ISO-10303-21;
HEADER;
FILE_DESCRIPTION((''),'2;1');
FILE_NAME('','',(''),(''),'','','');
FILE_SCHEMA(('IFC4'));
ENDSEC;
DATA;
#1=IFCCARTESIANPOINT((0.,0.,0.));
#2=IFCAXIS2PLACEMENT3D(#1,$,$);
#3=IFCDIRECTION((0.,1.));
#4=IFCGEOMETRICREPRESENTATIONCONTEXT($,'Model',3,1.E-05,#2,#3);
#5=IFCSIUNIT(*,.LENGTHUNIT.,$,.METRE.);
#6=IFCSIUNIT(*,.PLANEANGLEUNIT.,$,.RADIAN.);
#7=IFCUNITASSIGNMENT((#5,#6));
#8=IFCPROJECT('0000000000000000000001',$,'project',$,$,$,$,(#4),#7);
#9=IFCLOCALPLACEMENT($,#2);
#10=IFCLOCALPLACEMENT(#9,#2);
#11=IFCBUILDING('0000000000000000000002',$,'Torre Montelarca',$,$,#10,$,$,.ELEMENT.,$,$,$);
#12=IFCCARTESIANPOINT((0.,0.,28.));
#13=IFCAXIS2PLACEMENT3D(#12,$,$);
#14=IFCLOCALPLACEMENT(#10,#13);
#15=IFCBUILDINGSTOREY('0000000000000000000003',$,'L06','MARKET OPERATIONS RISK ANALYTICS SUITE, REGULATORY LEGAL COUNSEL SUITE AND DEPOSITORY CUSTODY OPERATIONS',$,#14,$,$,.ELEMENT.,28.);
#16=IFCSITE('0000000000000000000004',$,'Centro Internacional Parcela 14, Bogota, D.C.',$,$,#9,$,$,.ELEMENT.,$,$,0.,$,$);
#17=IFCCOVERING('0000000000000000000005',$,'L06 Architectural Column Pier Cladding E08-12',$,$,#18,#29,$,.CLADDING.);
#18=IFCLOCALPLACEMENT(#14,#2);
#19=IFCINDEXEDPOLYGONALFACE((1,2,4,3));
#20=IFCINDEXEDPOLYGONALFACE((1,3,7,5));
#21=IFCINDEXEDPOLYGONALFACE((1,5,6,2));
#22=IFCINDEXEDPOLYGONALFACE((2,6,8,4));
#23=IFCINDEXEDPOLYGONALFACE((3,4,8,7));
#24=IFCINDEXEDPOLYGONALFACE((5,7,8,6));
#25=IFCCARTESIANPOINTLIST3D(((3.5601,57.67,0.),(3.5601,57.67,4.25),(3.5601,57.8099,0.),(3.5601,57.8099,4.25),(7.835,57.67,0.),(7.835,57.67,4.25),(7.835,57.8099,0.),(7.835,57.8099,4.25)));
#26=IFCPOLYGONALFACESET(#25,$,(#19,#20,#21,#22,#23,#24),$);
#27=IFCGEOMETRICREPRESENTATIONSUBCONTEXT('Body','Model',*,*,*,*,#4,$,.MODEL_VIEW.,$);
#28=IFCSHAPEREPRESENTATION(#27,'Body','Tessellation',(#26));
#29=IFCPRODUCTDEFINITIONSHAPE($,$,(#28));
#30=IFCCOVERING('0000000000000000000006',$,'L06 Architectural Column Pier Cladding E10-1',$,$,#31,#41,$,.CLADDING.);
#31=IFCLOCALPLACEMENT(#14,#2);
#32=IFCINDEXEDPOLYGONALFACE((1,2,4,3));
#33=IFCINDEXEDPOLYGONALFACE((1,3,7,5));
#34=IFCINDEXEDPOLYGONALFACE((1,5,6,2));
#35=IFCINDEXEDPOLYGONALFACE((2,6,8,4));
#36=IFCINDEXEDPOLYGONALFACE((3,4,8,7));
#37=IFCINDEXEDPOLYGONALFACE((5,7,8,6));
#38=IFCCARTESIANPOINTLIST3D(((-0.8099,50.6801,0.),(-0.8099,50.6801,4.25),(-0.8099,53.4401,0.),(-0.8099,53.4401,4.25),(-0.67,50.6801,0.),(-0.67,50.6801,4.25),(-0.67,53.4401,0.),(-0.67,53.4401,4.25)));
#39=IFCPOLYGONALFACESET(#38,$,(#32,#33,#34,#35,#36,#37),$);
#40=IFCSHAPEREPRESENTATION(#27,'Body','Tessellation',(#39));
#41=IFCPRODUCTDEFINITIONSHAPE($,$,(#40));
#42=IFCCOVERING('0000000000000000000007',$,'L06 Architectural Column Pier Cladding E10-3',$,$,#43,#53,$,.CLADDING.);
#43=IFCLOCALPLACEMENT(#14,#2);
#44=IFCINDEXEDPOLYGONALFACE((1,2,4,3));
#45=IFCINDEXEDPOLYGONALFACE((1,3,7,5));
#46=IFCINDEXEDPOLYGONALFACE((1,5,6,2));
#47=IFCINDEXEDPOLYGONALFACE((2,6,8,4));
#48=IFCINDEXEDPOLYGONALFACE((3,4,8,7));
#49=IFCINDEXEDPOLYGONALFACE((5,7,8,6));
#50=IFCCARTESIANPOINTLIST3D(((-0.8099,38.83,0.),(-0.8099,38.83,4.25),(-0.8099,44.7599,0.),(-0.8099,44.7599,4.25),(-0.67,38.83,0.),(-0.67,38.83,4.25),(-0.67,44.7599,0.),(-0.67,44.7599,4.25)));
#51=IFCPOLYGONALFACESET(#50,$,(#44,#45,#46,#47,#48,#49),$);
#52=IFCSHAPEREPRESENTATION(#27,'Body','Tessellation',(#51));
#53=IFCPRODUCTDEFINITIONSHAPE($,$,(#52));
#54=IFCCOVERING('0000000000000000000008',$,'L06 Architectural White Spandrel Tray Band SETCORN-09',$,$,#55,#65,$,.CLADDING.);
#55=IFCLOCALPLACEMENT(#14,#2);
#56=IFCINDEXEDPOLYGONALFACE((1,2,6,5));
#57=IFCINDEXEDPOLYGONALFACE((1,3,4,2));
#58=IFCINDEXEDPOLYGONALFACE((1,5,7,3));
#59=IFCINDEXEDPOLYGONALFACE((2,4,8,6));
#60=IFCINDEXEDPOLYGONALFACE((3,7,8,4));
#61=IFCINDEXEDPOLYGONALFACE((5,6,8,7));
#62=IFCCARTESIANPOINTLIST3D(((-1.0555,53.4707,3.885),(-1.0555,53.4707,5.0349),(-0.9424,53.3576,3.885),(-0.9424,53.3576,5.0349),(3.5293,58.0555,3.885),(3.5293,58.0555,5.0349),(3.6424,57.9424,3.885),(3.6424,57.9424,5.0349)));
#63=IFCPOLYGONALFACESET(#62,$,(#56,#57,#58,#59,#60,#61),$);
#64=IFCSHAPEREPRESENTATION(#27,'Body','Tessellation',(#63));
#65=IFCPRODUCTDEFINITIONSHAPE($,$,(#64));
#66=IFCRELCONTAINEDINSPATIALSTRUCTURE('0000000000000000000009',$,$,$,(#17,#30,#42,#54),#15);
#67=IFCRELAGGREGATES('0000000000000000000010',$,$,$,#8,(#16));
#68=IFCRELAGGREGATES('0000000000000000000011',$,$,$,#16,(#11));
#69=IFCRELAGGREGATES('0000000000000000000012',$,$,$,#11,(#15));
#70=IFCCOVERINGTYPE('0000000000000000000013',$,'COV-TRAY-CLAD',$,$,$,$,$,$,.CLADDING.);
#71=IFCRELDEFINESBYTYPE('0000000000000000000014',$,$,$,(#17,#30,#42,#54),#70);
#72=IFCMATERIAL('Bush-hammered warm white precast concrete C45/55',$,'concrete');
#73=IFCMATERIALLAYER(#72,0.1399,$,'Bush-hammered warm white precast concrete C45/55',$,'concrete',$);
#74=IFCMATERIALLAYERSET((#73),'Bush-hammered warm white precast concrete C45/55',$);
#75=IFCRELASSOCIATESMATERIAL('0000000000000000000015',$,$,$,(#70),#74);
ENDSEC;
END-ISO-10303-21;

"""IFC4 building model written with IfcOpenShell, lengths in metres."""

from ifc_helpers import new_model, si_unit, direction, frame, origin, origin_2d, place, context, subcontext, project, spatial, rectangle, extrude, source, transform, mapped, material, layer, layer_set, type_object, element, save


model = new_model("IFC4")

# Units and contexts
model_context = context("Model", 3, precision=1e-05, world=origin(), true_north=direction((0.0, 1.0)))
body_context = subcontext(model_context, "Body", "Model", "MODEL_VIEW")
ifc_project = project(units=[si_unit("LENGTHUNIT", "METRE"), si_unit("PLANEANGLEUNIT", "RADIAN")], contexts=[model_context])

# Site, building, storey
site_placement = place(None, origin())
site = spatial("IfcSite", under=ifc_project, at=site_placement, Name="Centro Internacional Parcela 14, Bogota, D.C.", CompositionType="ELEMENT", RefElevation=0.0)
building_placement = place(site_placement, origin())
building = spatial("IfcBuilding", under=site, at=building_placement, Name="Torre Montelarca", CompositionType="ELEMENT")
storey_placement = place(building_placement, frame((0.0, 0.0, 28.0)))
storey = spatial("IfcBuildingStorey", under=building, at=storey_placement, Name="L06", Description="MARKET OPERATIONS RISK ANALYTICS SUITE, REGULATORY LEGAL COUNSEL SUITE AND DEPOSITORY CUSTODY OPERATIONS", CompositionType="ELEMENT", Elevation=28.0)

# Coverings
ifc_material_1 = material(Name="Bush-hammered warm white precast concrete C45/55", Category="concrete")
ifc_layer_1 = layer(ifc_material_1, 0.1399, Name="Bush-hammered warm white precast concrete C45/55", Category="concrete")
ifc_layer_set_1 = layer_set([ifc_layer_1], Name="Bush-hammered warm white precast concrete C45/55")
covering_type = type_object("IfcCoveringType", Name="COV-TRAY-CLAD", PredefinedType="CLADDING", material=ifc_layer_set_1)
shared_shape_1 = source(origin(), body_context, "Body", "SweptSolid", [
    extrude(rectangle(XDim=4.2749, YDim=0.1399, at=origin_2d()), origin(), (0.0, 0.0, 1.0), 4.25),
])
covering_1_placement = place(storey_placement, frame((5.6975, 57.74, 0.0), z_axis=(0.0, 0.0, 1.0), x_axis=(-1.0, 0.0, 0.0)))
element("IfcCovering", 1, at=covering_1_placement, inside=storey, type_object=covering_type, Name="L06 Architectural Column Pier Cladding E08-12", PredefinedType="CLADDING", context=body_context, shape_type="MappedRepresentation", body=[
    mapped(shared_shape_1, transform((0.0, 0.0, 0.0), scale=1.0)),
])
shared_shape_2 = source(origin(), body_context, "Body", "SweptSolid", [
    extrude(rectangle(XDim=2.76, YDim=0.1399, at=origin_2d()), origin(), (0.0, 0.0, 1.0), 4.25),
])
covering_2_placement = place(storey_placement, frame((-0.74, 52.0601, 0.0), z_axis=(0.0, 0.0, 1.0), x_axis=(0.0, -1.0, 0.0)))
element("IfcCovering", 2, at=covering_2_placement, inside=storey, type_object=covering_type, Name="L06 Architectural Column Pier Cladding E10-1", PredefinedType="CLADDING", context=body_context, shape_type="MappedRepresentation", body=[
    mapped(shared_shape_2, transform((0.0, 0.0, 0.0), scale=1.0)),
])
shared_shape_3 = source(origin(), body_context, "Body", "SweptSolid", [
    extrude(rectangle(XDim=5.9299, YDim=0.1399, at=origin_2d()), origin(), (0.0, 0.0, 1.0), 4.25),
])
covering_3_placement = place(storey_placement, frame((-0.74, 41.7949, 0.0), z_axis=(0.0, 0.0, 1.0), x_axis=(0.0, -1.0, 0.0)))
element("IfcCovering", 3, at=covering_3_placement, inside=storey, type_object=covering_type, Name="L06 Architectural Column Pier Cladding E10-3", PredefinedType="CLADDING", context=body_context, shape_type="MappedRepresentation", body=[
    mapped(shared_shape_3, transform((0.0, 0.0, 0.0), scale=1.0)),
])
shared_shape_4 = source(origin(), body_context, "Body", "SweptSolid", [
    extrude(rectangle(XDim=6.4839, YDim=0.1599, at=origin_2d()), origin(), (0.0, 0.0, 1.0), 1.1499),
])
covering_4_placement = place(storey_placement, frame((1.2935, 55.7065, 3.885), z_axis=(0.0, 0.0, 1.0), x_axis=(-0.707107, -0.707107, 0.0)))
element("IfcCovering", 4, at=covering_4_placement, inside=storey, type_object=covering_type, Name="L06 Architectural White Spandrel Tray Band SETCORN-09", PredefinedType="CLADDING", context=body_context, shape_type="MappedRepresentation", body=[
    mapped(shared_shape_4, transform((0.0, 0.0, 0.0), scale=1.0)),
])

save(model, "model.ifc")
